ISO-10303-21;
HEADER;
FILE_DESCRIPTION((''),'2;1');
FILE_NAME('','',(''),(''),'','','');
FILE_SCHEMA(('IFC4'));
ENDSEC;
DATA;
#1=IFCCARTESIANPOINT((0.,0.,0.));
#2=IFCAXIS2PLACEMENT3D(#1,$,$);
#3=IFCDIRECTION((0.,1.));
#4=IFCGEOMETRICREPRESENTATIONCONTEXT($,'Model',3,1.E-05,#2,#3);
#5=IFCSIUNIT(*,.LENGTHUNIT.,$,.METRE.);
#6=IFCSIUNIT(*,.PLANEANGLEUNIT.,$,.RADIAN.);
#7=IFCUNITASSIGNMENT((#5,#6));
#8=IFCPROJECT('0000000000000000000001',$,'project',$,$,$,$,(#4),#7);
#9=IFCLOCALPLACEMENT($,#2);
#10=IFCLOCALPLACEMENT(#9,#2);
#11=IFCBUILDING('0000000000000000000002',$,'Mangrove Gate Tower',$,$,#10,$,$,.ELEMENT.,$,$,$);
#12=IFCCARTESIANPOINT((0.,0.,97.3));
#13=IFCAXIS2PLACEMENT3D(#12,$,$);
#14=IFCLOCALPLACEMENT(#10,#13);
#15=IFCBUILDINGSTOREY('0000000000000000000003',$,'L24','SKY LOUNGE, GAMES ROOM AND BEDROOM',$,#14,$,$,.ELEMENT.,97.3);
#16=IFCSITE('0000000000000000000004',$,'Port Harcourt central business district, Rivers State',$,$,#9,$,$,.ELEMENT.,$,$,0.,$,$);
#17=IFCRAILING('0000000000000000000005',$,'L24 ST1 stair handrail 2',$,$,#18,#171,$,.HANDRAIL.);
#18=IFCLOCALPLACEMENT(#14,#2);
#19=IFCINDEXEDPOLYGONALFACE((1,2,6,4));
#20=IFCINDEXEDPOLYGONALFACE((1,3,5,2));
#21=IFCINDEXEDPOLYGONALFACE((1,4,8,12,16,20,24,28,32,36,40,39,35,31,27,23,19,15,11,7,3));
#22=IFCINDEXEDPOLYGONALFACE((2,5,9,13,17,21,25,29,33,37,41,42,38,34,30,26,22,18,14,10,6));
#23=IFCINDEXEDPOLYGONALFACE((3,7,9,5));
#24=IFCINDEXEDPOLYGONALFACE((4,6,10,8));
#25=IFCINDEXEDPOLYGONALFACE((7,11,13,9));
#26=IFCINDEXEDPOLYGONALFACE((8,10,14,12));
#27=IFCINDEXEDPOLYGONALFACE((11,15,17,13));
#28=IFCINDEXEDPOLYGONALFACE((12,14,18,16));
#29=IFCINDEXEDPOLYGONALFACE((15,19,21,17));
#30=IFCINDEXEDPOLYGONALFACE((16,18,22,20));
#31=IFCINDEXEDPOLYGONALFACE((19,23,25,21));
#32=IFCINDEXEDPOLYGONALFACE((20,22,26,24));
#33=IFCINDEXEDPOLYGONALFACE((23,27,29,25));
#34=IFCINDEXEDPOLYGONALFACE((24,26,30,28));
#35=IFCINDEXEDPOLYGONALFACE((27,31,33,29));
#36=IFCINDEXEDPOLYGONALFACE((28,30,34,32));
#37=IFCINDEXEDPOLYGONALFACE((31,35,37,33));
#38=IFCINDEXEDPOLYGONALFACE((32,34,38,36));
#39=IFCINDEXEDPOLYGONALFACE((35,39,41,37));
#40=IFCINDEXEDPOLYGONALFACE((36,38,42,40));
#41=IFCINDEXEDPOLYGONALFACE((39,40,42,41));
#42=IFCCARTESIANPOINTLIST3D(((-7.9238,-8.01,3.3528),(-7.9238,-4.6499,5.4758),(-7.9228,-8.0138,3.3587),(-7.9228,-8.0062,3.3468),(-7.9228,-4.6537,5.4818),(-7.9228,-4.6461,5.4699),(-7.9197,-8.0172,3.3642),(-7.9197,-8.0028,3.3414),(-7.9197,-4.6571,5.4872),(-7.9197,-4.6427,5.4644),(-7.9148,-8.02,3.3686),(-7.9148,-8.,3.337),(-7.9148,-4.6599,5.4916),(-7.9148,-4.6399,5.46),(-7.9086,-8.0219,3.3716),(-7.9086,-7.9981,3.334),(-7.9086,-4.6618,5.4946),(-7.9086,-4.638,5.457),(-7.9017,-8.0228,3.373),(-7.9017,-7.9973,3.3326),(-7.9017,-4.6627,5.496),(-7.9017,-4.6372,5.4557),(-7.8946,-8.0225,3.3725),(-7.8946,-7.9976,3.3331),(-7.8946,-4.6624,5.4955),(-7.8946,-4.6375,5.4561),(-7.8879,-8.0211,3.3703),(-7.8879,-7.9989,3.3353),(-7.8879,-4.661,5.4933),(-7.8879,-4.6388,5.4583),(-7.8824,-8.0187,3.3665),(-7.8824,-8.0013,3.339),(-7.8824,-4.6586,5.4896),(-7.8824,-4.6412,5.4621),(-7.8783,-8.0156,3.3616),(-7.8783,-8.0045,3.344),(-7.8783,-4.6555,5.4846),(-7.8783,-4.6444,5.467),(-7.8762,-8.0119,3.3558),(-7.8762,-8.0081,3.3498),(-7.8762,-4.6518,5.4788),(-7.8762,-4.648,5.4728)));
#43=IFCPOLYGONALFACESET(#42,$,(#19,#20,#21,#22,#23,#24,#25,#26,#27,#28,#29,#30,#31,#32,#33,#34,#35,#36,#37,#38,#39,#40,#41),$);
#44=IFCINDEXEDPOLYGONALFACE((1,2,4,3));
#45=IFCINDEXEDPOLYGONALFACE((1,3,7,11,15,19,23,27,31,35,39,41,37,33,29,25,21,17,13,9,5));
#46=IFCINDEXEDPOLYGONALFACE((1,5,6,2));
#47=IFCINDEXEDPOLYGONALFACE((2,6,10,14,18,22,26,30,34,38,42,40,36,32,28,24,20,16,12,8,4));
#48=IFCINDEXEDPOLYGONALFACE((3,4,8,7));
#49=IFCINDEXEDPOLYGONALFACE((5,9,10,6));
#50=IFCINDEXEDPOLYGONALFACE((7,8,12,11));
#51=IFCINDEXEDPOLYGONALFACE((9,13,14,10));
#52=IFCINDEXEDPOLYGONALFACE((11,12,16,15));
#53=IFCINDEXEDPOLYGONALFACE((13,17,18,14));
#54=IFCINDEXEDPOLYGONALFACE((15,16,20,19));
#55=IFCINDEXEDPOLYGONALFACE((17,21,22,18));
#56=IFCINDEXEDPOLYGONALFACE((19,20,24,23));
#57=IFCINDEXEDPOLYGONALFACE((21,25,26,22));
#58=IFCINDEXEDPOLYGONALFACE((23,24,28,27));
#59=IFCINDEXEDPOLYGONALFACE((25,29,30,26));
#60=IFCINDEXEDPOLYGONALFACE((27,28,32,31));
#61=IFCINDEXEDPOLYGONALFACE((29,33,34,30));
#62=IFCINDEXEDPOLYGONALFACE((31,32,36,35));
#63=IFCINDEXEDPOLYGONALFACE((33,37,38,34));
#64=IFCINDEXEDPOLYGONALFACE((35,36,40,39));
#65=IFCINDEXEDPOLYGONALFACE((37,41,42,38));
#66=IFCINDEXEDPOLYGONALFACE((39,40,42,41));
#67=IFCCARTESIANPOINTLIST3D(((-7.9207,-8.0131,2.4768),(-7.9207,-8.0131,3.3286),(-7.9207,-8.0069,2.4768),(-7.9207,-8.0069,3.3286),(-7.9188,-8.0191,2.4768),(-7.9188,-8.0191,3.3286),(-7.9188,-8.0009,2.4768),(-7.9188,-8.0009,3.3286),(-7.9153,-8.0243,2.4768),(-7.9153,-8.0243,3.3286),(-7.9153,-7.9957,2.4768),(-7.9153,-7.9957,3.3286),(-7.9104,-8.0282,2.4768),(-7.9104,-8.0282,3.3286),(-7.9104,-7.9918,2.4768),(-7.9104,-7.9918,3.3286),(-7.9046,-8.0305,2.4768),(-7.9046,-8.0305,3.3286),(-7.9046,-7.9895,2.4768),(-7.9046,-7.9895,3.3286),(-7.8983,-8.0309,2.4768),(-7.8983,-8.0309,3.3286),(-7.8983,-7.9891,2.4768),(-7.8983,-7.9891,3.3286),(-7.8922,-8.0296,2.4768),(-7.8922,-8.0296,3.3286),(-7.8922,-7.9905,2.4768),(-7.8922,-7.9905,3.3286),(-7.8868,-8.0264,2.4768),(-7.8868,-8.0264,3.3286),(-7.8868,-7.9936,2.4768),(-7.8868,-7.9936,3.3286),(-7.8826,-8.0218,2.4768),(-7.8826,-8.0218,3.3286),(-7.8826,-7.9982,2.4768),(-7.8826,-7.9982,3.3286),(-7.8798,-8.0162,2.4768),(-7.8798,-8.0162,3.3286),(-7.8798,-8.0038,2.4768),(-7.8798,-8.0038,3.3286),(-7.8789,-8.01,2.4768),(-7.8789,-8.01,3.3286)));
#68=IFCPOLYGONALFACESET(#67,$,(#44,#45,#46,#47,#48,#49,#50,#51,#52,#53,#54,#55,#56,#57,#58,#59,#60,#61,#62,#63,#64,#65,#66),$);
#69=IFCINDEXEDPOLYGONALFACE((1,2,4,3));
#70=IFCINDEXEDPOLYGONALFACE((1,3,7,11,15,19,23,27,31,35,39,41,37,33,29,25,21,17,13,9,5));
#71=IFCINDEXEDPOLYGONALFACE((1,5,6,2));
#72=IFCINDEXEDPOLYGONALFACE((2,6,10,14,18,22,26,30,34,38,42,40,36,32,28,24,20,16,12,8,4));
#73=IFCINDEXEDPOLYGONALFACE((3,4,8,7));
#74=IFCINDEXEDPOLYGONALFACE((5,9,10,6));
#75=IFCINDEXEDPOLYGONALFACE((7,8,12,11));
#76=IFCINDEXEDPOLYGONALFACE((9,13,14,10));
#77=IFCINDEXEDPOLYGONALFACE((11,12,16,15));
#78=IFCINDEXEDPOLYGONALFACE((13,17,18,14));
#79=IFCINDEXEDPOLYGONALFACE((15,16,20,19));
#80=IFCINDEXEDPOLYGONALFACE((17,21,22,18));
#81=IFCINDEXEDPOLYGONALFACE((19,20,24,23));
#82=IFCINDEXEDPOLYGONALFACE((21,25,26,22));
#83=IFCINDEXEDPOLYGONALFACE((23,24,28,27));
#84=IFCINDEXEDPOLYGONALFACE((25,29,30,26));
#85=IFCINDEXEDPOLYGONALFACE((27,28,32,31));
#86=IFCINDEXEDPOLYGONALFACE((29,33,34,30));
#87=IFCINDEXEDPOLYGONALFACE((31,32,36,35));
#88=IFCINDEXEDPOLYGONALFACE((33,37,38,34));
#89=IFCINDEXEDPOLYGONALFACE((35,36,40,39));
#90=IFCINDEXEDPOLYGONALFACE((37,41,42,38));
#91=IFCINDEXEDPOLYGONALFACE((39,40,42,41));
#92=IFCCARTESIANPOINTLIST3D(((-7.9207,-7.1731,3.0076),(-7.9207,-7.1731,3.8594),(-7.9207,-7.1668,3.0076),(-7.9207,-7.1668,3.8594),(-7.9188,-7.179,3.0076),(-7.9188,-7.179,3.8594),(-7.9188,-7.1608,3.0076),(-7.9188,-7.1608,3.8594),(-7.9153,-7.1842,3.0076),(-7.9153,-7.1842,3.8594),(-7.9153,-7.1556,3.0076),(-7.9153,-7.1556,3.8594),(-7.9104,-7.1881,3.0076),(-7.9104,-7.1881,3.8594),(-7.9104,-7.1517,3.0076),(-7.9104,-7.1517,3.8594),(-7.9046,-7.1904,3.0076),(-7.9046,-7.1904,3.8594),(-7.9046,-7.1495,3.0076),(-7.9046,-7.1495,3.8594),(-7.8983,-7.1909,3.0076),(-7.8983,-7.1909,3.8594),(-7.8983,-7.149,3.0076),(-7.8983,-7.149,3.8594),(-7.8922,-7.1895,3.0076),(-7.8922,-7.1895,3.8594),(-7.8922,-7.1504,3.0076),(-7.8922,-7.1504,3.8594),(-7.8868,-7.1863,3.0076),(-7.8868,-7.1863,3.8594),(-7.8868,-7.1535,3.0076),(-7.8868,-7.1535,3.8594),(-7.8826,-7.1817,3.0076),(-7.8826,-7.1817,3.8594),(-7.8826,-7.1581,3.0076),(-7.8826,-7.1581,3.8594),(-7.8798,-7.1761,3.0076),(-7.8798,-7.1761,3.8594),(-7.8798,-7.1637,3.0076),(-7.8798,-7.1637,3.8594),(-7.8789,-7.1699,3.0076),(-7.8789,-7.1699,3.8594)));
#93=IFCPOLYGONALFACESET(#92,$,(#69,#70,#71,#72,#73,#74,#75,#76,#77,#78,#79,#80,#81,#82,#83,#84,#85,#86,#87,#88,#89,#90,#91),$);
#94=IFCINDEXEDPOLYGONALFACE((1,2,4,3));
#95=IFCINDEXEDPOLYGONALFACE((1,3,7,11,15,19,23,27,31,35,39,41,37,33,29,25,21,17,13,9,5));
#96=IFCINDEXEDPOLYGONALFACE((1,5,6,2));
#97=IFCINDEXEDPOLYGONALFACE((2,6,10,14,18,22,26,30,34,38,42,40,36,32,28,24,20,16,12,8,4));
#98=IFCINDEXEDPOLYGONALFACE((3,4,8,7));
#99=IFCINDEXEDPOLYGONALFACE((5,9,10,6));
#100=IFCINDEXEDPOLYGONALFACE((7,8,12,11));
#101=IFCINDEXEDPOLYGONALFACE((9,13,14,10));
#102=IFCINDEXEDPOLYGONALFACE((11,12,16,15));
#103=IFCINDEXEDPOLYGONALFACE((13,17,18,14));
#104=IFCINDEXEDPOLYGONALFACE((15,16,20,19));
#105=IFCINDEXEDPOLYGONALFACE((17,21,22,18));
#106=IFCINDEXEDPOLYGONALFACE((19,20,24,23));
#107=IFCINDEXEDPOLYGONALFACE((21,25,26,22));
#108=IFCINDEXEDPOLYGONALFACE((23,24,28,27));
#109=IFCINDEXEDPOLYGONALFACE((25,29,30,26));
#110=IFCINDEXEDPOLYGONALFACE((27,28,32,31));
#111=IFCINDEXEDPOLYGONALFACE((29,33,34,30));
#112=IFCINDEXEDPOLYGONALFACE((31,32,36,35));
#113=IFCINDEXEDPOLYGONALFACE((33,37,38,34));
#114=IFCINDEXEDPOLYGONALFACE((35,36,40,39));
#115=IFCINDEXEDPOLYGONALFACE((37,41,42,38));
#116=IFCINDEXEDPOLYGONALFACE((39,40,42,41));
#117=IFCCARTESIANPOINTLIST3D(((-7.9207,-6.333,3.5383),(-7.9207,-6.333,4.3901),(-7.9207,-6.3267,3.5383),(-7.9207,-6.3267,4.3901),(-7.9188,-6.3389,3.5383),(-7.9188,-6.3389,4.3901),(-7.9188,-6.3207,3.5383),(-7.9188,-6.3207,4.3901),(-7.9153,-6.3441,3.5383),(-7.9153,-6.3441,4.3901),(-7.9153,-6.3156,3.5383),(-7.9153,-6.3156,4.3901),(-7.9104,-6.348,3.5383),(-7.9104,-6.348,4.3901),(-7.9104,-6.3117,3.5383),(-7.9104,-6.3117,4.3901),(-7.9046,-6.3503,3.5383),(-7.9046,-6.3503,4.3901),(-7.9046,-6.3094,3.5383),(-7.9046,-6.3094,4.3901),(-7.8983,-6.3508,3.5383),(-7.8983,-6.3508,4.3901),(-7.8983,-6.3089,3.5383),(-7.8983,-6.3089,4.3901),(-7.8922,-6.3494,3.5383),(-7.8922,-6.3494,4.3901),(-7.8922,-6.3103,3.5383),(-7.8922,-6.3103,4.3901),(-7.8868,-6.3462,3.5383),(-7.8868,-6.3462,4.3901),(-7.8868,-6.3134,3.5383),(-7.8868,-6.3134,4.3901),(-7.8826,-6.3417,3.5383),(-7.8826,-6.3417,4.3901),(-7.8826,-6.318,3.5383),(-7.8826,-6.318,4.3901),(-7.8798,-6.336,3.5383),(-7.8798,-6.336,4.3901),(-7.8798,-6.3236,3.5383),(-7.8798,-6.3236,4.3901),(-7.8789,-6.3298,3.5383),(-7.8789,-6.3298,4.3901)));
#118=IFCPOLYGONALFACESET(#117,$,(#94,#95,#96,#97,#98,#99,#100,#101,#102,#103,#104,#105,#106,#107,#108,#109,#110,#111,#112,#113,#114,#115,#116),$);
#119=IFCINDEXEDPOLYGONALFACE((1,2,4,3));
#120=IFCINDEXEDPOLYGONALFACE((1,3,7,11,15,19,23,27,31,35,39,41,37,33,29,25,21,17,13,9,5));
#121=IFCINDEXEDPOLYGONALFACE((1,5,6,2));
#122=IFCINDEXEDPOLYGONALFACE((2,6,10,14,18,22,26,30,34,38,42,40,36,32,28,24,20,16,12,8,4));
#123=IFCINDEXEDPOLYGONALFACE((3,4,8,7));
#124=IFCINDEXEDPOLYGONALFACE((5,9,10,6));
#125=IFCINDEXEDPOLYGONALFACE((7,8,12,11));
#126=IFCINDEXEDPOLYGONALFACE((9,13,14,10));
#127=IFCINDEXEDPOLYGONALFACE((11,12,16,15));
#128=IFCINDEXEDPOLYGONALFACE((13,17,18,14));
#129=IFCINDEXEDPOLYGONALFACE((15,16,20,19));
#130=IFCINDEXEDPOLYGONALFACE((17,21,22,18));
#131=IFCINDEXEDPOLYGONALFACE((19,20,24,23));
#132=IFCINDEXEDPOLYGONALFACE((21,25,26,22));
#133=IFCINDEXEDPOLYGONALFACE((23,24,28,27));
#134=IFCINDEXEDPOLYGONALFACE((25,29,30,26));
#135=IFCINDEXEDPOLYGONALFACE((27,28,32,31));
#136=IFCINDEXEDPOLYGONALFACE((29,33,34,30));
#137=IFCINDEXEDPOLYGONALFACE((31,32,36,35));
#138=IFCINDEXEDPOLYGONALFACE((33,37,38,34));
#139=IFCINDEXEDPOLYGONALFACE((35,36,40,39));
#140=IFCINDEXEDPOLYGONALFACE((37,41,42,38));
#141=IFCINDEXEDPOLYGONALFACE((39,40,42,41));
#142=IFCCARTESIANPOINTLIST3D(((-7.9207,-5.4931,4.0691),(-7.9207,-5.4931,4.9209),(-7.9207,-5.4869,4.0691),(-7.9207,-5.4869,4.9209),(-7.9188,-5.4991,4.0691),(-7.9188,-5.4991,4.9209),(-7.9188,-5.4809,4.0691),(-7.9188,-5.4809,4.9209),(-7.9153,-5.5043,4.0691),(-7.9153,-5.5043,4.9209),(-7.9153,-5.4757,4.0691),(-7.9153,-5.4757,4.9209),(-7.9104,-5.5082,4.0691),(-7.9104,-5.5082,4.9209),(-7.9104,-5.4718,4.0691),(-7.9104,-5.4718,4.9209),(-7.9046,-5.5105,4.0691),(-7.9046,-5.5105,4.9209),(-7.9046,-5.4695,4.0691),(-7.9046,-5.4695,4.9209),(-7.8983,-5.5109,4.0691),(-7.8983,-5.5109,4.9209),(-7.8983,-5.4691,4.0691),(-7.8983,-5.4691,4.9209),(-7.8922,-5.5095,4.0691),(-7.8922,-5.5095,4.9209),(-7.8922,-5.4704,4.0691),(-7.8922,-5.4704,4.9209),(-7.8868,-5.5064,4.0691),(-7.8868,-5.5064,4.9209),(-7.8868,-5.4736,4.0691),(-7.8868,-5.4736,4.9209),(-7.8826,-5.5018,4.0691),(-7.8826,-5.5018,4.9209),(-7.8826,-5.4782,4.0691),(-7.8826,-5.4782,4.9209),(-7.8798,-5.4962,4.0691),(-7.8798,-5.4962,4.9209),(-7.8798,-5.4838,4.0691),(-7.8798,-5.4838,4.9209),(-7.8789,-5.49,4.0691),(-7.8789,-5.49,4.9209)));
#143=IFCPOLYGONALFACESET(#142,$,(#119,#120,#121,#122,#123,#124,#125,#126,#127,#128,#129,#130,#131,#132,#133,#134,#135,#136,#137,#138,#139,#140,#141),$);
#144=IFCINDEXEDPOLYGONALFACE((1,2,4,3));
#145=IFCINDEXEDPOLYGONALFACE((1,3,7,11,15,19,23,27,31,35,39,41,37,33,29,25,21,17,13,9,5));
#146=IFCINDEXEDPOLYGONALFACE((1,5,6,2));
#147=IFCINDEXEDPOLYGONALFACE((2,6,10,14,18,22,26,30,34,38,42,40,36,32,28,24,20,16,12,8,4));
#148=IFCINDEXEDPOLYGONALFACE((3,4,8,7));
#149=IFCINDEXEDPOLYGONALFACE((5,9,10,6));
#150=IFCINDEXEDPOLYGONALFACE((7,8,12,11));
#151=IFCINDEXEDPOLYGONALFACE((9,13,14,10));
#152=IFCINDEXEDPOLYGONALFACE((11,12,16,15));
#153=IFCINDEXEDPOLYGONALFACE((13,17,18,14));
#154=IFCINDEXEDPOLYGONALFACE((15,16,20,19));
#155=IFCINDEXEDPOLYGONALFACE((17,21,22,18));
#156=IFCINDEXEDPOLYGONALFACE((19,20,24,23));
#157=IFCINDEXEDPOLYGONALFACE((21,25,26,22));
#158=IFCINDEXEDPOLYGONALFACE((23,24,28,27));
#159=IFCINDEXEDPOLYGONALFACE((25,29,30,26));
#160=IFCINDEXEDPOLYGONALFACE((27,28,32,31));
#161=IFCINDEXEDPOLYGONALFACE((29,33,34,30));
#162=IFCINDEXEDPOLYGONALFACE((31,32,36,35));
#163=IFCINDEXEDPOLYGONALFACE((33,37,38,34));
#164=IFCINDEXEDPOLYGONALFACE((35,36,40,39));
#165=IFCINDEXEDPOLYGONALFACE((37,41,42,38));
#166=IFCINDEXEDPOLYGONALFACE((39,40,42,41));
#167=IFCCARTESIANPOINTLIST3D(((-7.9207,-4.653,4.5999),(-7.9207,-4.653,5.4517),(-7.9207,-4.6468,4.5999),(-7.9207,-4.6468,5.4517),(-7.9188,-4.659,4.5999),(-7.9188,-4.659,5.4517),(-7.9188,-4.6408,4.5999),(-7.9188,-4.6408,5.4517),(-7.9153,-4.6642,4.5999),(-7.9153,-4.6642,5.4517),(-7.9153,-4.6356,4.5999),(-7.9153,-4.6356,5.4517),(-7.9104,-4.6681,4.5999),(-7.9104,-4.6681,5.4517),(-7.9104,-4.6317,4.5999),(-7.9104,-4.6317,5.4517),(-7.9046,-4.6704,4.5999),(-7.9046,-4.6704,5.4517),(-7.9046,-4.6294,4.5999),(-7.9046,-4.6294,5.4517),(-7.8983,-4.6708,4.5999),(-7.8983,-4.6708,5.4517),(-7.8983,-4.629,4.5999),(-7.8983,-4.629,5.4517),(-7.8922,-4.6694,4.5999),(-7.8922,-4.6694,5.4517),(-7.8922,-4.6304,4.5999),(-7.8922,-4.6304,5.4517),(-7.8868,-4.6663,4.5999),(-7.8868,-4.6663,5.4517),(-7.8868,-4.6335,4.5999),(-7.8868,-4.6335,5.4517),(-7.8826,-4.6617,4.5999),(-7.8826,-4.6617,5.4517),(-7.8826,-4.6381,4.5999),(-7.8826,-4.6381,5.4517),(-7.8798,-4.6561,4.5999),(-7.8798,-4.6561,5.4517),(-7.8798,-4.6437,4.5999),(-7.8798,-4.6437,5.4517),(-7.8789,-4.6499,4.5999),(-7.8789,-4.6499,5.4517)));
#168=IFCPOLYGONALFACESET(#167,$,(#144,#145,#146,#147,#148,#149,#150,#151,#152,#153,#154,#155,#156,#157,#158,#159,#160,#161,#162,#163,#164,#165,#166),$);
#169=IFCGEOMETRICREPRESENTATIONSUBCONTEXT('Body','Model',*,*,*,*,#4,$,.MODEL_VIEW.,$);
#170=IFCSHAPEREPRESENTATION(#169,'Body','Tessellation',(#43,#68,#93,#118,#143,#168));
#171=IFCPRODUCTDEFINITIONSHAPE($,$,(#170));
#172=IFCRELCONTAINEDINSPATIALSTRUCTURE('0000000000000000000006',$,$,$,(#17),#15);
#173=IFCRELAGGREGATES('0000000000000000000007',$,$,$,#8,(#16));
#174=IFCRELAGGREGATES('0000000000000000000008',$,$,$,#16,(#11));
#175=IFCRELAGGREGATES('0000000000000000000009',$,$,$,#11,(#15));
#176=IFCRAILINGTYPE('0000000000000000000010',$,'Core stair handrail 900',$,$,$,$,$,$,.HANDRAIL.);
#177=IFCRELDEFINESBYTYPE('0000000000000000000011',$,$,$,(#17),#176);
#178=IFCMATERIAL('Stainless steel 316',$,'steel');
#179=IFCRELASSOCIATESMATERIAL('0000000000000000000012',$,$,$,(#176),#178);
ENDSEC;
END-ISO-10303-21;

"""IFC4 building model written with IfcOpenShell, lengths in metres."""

from ifc_helpers import new_model, si_unit, direction, frame, origin, origin_2d, place, context, subcontext, project, spatial, circle, extrude, material, type_object, element, save


model = new_model("IFC4")

# Units and contexts
model_context = context("Model", 3, precision=1e-05, world=origin(), true_north=direction((0.0, 1.0)))
body_context = subcontext(model_context, "Body", "Model", "MODEL_VIEW")
ifc_project = project(units=[si_unit("LENGTHUNIT", "METRE"), si_unit("PLANEANGLEUNIT", "RADIAN")], contexts=[model_context])

# Site, building, storey
site_placement = place(None, origin())
site = spatial("IfcSite", under=ifc_project, at=site_placement, Name="Port Harcourt central business district, Rivers State", CompositionType="ELEMENT", RefElevation=0.0)
building_placement = place(site_placement, origin())
building = spatial("IfcBuilding", under=site, at=building_placement, Name="Mangrove Gate Tower", CompositionType="ELEMENT")
storey_placement = place(building_placement, frame((0.0, 0.0, 97.3)))
storey = spatial("IfcBuildingStorey", under=building, at=storey_placement, Name="L24", Description="SKY LOUNGE, GAMES ROOM AND BEDROOM", CompositionType="ELEMENT", Elevation=97.3)

# Railing
ifc_material_1 = material(Name="Stainless steel 316", Category="steel")
railing_type_1 = type_object("IfcRailingType", Name="Core stair handrail 900", PredefinedType="HANDRAIL", material=ifc_material_1)
railing_1_placement = place(storey_placement, frame((-7.8999, -8.01, 2.4768)))
element("IfcRailing", 1, at=railing_1_placement, inside=storey, type_object=railing_type_1, Name="L24 ST1 stair handrail 2", PredefinedType="HANDRAIL", context=body_context, shape_type="SweptSolid", body=[
    extrude(circle(Radius=0.0239, at=origin_2d()), frame((0.0, 0.0, 0.876), z_axis=(0.0, 0.84539, 0.53415), x_axis=(-1.0, 0.0, 0.0)), (0.0, 0.0, 1.0), 3.9746),
    extrude(circle(Radius=0.021, at=origin_2d()), origin(), (0.0, 0.0, 1.0), 0.8518),
    extrude(circle(Radius=0.021, at=origin_2d()), frame((0.0, 0.8401, 0.5308)), (0.0, 0.0, 1.0), 0.8518),
    extrude(circle(Radius=0.021, at=origin_2d()), frame((0.0, 1.6802, 1.0615)), (0.0, 0.0, 1.0), 0.8518),
    extrude(circle(Radius=0.021, at=origin_2d()), frame((0.0, 2.52, 1.5923)), (0.0, 0.0, 1.0), 0.8518),
    extrude(circle(Radius=0.021, at=origin_2d()), frame((0.0, 3.3601, 2.123)), (0.0, 0.0, 1.0), 0.8518),
])

save(model, "model.ifc")
